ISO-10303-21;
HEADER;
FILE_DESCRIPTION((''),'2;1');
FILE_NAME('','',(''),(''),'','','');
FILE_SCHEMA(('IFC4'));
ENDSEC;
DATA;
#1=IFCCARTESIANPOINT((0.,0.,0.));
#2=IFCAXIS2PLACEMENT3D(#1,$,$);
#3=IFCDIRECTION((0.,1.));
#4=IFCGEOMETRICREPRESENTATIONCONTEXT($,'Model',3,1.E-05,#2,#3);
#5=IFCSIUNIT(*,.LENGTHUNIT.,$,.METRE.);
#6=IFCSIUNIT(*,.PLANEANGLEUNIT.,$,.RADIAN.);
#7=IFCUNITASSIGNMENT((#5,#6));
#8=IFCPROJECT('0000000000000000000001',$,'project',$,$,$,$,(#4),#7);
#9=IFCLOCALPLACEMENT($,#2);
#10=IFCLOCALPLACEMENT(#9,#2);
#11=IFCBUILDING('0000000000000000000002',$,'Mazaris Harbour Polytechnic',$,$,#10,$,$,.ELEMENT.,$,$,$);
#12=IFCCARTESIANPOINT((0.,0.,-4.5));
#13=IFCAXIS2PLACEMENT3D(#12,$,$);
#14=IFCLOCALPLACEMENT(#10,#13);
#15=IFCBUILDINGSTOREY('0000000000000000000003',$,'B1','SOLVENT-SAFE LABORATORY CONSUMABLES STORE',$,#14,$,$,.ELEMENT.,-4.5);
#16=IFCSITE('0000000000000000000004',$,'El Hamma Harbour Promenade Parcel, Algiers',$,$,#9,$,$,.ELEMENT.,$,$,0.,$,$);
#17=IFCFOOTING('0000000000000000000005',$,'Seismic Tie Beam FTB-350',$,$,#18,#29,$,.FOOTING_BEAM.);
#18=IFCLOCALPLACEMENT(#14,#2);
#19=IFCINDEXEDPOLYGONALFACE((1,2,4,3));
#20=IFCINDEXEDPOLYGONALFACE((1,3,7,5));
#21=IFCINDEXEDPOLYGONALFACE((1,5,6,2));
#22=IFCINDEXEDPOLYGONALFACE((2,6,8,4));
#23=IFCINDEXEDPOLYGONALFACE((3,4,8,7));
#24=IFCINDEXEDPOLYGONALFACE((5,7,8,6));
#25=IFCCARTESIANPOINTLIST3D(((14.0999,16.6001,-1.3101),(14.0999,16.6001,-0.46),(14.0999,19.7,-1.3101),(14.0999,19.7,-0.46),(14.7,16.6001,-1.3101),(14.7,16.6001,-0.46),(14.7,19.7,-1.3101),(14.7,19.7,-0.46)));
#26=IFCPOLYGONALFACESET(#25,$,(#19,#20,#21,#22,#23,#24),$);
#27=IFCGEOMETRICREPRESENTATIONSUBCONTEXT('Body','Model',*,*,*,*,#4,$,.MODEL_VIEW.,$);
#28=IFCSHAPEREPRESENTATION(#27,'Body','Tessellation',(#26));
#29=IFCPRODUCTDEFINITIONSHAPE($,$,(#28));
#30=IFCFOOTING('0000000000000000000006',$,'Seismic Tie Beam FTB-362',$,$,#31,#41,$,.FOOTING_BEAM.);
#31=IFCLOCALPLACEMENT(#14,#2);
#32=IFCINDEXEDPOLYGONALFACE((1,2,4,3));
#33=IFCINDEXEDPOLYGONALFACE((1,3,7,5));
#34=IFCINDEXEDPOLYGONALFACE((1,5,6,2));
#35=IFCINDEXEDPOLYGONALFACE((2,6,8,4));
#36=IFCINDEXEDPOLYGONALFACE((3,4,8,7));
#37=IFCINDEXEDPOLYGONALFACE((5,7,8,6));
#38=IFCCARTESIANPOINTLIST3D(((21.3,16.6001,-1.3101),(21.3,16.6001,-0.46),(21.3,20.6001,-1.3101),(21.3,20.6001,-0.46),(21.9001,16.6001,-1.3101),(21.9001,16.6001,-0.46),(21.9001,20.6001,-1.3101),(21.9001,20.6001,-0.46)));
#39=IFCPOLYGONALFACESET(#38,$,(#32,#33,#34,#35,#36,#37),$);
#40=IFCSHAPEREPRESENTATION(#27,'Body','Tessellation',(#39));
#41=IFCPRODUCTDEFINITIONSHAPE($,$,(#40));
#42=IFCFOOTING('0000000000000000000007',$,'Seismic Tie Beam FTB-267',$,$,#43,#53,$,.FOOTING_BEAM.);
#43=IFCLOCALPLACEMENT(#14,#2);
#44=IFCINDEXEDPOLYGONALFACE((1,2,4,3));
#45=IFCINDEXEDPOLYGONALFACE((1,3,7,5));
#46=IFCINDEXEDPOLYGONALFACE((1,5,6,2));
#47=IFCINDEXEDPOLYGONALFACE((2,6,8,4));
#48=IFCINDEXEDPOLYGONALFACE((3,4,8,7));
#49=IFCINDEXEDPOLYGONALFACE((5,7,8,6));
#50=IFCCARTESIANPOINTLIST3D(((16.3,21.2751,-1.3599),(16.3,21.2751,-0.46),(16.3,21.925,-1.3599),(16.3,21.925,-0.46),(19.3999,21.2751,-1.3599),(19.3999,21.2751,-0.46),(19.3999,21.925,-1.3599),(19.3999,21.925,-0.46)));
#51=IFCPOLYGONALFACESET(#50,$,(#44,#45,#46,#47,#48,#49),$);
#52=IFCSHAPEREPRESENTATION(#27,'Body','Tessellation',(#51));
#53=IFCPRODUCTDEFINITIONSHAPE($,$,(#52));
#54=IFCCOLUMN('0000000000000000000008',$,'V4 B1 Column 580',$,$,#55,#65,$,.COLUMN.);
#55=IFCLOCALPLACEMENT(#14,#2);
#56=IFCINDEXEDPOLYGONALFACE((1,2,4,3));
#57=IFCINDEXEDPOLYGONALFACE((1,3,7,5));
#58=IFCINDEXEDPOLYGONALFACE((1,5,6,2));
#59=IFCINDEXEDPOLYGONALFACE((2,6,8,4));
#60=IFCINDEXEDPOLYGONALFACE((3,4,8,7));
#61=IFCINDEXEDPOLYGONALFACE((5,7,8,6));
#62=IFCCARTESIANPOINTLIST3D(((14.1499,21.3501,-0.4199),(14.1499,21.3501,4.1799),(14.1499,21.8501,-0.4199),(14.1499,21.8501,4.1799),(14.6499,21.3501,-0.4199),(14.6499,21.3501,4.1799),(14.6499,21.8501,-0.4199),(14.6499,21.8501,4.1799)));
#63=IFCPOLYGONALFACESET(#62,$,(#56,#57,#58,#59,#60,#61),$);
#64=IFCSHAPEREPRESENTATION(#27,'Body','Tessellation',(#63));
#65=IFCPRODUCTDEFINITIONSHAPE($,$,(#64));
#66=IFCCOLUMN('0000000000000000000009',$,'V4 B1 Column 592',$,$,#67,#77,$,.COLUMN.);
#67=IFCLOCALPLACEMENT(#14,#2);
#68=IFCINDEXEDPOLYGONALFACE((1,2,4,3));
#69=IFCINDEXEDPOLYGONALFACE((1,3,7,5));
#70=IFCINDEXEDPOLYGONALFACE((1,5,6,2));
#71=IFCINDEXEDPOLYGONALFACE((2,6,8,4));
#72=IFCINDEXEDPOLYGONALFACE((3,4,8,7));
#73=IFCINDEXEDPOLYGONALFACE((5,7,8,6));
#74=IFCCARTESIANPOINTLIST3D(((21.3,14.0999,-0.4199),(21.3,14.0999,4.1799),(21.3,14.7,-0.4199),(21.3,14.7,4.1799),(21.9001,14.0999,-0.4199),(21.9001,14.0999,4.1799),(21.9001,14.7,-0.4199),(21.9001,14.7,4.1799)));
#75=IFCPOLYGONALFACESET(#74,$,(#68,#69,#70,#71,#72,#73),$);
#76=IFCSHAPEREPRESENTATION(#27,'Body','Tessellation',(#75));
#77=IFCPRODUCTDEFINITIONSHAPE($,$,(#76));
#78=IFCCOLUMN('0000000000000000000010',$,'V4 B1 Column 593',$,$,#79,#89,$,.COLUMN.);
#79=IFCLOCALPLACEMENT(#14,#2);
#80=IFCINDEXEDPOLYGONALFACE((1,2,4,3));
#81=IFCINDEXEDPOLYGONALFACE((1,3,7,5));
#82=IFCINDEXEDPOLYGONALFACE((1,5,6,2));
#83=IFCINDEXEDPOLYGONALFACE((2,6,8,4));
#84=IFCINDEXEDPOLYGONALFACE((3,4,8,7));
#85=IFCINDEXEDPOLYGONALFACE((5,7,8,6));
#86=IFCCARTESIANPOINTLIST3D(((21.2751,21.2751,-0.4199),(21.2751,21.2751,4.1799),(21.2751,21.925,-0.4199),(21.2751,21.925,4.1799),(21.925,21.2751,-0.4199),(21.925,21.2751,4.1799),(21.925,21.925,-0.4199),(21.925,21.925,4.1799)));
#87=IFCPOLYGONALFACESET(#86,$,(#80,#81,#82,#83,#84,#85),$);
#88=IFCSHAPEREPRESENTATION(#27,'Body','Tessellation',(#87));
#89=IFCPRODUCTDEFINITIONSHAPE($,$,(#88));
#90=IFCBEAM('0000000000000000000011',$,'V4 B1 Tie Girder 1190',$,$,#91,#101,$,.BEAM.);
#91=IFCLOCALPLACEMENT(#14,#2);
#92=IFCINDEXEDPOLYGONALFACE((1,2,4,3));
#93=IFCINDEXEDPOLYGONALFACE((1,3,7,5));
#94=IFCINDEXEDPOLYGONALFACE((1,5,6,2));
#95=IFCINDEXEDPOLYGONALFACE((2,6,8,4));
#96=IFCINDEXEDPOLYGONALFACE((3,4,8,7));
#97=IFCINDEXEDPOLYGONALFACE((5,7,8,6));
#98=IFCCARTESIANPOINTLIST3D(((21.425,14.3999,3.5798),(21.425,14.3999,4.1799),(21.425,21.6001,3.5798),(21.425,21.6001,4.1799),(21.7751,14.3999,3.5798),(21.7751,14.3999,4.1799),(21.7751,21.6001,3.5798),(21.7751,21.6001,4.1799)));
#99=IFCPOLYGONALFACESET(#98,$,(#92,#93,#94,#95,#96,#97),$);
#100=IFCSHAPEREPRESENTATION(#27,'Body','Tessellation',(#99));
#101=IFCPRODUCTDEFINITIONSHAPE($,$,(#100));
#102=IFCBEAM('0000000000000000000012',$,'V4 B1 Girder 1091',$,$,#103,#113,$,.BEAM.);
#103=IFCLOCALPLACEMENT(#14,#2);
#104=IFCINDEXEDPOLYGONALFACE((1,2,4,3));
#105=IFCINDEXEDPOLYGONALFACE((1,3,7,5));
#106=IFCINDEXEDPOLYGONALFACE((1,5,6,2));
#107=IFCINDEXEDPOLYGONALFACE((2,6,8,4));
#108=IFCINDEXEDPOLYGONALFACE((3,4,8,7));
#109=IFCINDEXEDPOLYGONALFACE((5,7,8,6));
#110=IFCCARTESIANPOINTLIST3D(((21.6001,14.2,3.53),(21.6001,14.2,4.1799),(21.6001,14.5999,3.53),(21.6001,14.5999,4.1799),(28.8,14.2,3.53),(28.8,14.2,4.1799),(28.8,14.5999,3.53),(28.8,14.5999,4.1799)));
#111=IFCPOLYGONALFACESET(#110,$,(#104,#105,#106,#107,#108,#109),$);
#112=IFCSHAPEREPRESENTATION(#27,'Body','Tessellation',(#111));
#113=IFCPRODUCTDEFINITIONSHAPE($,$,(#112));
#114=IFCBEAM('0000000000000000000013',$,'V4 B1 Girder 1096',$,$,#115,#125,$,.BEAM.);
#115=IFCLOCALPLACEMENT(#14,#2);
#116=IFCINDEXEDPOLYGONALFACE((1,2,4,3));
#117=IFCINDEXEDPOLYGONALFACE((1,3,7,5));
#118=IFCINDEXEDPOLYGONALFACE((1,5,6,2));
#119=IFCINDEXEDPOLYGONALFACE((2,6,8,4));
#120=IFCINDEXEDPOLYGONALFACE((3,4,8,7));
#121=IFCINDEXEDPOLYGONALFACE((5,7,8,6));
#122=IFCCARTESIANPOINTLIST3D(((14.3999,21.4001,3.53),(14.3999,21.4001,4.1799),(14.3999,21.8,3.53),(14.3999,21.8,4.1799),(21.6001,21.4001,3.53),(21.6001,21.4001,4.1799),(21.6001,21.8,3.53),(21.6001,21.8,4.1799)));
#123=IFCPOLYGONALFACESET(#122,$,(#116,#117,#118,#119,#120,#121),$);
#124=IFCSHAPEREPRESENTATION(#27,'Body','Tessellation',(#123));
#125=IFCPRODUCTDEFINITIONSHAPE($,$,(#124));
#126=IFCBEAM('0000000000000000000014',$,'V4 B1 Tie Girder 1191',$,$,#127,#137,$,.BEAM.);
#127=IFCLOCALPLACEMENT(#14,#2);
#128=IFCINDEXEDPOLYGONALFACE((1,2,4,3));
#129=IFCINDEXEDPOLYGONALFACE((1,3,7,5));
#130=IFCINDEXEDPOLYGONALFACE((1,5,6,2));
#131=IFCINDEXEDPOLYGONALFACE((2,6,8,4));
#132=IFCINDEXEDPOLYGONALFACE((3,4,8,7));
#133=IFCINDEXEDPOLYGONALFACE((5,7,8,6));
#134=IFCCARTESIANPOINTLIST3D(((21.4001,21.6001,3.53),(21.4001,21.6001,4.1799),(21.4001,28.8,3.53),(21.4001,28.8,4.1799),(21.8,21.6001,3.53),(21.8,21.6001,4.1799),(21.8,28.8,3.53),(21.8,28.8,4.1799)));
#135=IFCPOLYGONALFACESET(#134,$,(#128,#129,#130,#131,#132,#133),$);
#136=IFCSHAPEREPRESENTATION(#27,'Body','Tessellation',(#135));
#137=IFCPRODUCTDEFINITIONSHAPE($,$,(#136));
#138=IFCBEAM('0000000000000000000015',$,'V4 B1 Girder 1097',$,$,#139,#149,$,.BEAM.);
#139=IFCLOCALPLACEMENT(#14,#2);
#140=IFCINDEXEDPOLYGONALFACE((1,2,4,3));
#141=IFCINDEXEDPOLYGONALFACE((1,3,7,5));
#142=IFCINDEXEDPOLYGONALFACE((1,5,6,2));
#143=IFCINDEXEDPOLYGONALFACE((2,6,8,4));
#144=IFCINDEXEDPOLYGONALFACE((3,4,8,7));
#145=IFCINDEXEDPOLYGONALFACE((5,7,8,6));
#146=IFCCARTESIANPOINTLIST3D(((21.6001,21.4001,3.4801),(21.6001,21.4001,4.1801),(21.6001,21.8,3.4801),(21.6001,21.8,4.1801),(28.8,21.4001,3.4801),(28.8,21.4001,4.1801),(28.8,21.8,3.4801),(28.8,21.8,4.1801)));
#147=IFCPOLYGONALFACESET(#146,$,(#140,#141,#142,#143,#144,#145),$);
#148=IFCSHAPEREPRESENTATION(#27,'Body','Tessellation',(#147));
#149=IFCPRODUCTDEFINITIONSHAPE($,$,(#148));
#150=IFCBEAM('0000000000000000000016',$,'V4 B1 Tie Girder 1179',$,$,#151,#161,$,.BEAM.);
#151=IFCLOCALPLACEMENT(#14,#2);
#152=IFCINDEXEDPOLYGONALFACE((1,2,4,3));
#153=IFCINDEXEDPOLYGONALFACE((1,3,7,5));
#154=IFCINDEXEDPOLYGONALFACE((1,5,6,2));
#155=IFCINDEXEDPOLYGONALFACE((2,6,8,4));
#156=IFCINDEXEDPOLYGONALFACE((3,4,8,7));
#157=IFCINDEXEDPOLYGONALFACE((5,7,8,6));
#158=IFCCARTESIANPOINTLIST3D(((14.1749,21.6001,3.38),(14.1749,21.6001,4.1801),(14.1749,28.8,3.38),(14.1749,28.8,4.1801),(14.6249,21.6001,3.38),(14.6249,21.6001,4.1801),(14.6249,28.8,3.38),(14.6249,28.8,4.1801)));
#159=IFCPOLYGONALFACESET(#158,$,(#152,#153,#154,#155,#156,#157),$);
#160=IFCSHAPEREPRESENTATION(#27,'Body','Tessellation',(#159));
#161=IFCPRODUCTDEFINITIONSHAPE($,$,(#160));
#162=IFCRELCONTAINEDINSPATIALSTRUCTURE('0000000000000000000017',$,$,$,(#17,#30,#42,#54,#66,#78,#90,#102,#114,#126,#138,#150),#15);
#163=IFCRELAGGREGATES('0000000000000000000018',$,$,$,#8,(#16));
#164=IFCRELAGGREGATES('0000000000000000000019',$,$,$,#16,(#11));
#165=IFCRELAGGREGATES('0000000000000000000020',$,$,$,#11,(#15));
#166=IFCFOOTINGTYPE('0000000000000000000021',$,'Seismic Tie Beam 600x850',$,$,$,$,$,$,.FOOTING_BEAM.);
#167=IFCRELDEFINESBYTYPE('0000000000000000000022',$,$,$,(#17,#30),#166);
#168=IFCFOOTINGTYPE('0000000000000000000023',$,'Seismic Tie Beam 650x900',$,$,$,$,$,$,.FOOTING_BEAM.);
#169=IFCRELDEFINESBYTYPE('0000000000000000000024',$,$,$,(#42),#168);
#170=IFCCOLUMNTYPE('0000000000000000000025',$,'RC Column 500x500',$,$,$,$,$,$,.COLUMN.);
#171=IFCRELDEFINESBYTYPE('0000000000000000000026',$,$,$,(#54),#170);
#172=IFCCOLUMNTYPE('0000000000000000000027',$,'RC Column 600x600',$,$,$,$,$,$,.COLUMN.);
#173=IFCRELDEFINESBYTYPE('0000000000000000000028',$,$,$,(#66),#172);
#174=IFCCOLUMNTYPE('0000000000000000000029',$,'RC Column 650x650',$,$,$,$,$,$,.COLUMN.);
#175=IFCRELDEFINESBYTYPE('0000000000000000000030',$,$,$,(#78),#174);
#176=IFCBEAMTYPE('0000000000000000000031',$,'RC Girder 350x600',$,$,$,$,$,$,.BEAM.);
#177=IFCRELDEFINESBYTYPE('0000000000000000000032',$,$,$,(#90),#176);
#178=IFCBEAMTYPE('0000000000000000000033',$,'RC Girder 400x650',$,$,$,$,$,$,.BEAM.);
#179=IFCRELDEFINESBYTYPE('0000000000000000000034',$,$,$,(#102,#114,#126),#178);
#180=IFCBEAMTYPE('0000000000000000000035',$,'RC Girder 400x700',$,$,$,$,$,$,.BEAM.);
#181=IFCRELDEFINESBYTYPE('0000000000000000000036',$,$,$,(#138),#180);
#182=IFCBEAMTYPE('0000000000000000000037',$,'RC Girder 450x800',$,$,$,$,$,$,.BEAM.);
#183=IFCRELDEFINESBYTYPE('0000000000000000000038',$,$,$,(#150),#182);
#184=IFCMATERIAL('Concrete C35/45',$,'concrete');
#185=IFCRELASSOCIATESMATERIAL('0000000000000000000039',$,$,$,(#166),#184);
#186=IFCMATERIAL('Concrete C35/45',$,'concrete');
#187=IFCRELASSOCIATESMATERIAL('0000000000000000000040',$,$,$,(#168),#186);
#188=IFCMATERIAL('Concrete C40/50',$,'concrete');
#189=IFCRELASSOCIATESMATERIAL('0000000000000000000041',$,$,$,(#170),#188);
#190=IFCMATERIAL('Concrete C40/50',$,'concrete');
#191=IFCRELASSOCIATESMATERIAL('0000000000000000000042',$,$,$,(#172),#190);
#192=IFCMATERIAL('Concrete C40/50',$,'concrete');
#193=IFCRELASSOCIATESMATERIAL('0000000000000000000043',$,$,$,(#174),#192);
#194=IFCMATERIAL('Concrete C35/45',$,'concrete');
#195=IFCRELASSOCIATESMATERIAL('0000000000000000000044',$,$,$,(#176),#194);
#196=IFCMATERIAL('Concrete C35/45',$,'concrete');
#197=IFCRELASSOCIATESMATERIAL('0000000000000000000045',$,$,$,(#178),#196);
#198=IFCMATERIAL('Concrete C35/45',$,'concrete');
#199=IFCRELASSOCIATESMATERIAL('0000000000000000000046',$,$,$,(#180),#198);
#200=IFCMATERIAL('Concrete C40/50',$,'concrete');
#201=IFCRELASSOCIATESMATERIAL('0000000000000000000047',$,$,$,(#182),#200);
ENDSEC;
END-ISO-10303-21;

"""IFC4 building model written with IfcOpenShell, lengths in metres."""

from ifc_helpers import new_model, si_unit, direction, frame, origin, origin_2d, place, context, subcontext, project, spatial, rectangle, extrude, material, material_profile, profile_set, type_object, element, save


model = new_model("IFC4")

# Units and contexts
model_context = context("Model", 3, precision=1e-05, world=origin(), true_north=direction((0.0, 1.0)))
body_context = subcontext(model_context, "Body", "Model", "MODEL_VIEW")
ifc_project = project(units=[si_unit("LENGTHUNIT", "METRE"), si_unit("PLANEANGLEUNIT", "RADIAN")], contexts=[model_context])

# Site, building, storey
site_placement = place(None, origin())
site = spatial("IfcSite", under=ifc_project, at=site_placement, Name="El Hamma Harbour Promenade Parcel, Algiers", CompositionType="ELEMENT", RefElevation=0.0)
building_placement = place(site_placement, origin())
building = spatial("IfcBuilding", under=site, at=building_placement, Name="Mazaris Harbour Polytechnic", CompositionType="ELEMENT")
storey_placement = place(building_placement, frame((0.0, 0.0, -4.5)))
storey = spatial("IfcBuildingStorey", under=building, at=storey_placement, Name="B1", Description="SOLVENT-SAFE LABORATORY CONSUMABLES STORE", CompositionType="ELEMENT", Elevation=-4.5)

# Footings
ifc_material_1 = material(Name="Concrete C35/45", Category="concrete")
ifc_material_profile_1 = material_profile(ifc_material_1, rectangle(XDim=0.6001, YDim=0.8501, at=origin_2d()), Name="RECT600x850")
ifc_profile_set_1 = profile_set([ifc_material_profile_1], Name="Concrete C35/45")
footing_type_1 = type_object("IfcFootingType", Name="Seismic Tie Beam 600x850", PredefinedType="FOOTING_BEAM", material=ifc_profile_set_1)
footing_1_placement = place(storey_placement, frame((14.3999, 16.6001, -0.885), z_axis=(0.0, 1.0, 0.0), x_axis=(-1.0, 0.0, 0.0)))
element("IfcFooting", 1, at=footing_1_placement, inside=storey, type_object=footing_type_1, Name="Seismic Tie Beam FTB-350", PredefinedType="FOOTING_BEAM", context=body_context, shape_type="SweptSolid", body=[
    extrude(rectangle(XDim=0.6001, YDim=0.8501, at=origin_2d()), origin(), (0.0, 0.0, 1.0), 3.0999),
])
footing_2_placement = place(storey_placement, frame((21.6001, 16.6001, -0.885), z_axis=(0.0, 1.0, 0.0), x_axis=(-1.0, 0.0, 0.0)))
element("IfcFooting", 2, at=footing_2_placement, inside=storey, type_object=footing_type_1, Name="Seismic Tie Beam FTB-362", PredefinedType="FOOTING_BEAM", context=body_context, shape_type="SweptSolid", body=[
    extrude(rectangle(XDim=0.6001, YDim=0.8501, at=origin_2d()), origin(), (0.0, 0.0, 1.0), 4.0),
])
ifc_material_2 = material(Name="Concrete C35/45", Category="concrete")
ifc_material_profile_2 = material_profile(ifc_material_2, rectangle(XDim=0.6499, YDim=0.8999, at=origin_2d()), Name="RECT650x900")
ifc_profile_set_2 = profile_set([ifc_material_profile_2], Name="Concrete C35/45")
footing_type_2 = type_object("IfcFootingType", Name="Seismic Tie Beam 650x900", PredefinedType="FOOTING_BEAM", material=ifc_profile_set_2)
footing_3_placement = place(storey_placement, frame((16.3, 21.6001, -0.9099), z_axis=(1.0, 0.0, 0.0), x_axis=(0.0, 1.0, 0.0)))
element("IfcFooting", 3, at=footing_3_placement, inside=storey, type_object=footing_type_2, Name="Seismic Tie Beam FTB-267", PredefinedType="FOOTING_BEAM", context=body_context, shape_type="SweptSolid", body=[
    extrude(rectangle(XDim=0.6499, YDim=0.8999, at=origin_2d()), origin(), (0.0, 0.0, 1.0), 3.0999),
])

# Columns
ifc_material_3 = material(Name="Concrete C40/50", Category="concrete")
ifc_material_profile_3 = material_profile(ifc_material_3, rectangle(XDim=0.5, YDim=0.5, at=origin_2d()), Name="RECT500x500")
ifc_profile_set_3 = profile_set([ifc_material_profile_3], Name="Concrete C40/50")
column_type_1 = type_object("IfcColumnType", Name="RC Column 500x500", PredefinedType="COLUMN", material=ifc_profile_set_3)
column_1_placement = place(storey_placement, frame((14.3999, 21.6001, -0.4199), z_axis=(0.0, 0.0, 1.0), x_axis=(1.0, 0.0, 0.0)))
element("IfcColumn", 4, at=column_1_placement, inside=storey, type_object=column_type_1, Name="V4 B1 Column 580", PredefinedType="COLUMN", context=body_context, shape_type="SweptSolid", body=[
    extrude(rectangle(XDim=0.5, YDim=0.5, at=origin_2d()), origin(), (0.0, 0.0, 1.0), 4.5999),
])
ifc_material_4 = material(Name="Concrete C40/50", Category="concrete")
ifc_material_profile_4 = material_profile(ifc_material_4, rectangle(XDim=0.6001, YDim=0.6001, at=origin_2d()), Name="RECT600x600")
ifc_profile_set_4 = profile_set([ifc_material_profile_4], Name="Concrete C40/50")
column_type_2 = type_object("IfcColumnType", Name="RC Column 600x600", PredefinedType="COLUMN", material=ifc_profile_set_4)
column_2_placement = place(storey_placement, frame((21.6001, 14.3999, -0.4199), z_axis=(0.0, 0.0, 1.0), x_axis=(1.0, 0.0, 0.0)))
element("IfcColumn", 5, at=column_2_placement, inside=storey, type_object=column_type_2, Name="V4 B1 Column 592", PredefinedType="COLUMN", context=body_context, shape_type="SweptSolid", body=[
    extrude(rectangle(XDim=0.6001, YDim=0.6001, at=origin_2d()), origin(), (0.0, 0.0, 1.0), 4.5999),
])
ifc_material_5 = material(Name="Concrete C40/50", Category="concrete")
ifc_material_profile_5 = material_profile(ifc_material_5, rectangle(XDim=0.6499, YDim=0.6499, at=origin_2d()), Name="RECT650x650")
ifc_profile_set_5 = profile_set([ifc_material_profile_5], Name="Concrete C40/50")
column_type_3 = type_object("IfcColumnType", Name="RC Column 650x650", PredefinedType="COLUMN", material=ifc_profile_set_5)
column_3_placement = place(storey_placement, frame((21.6001, 21.6001, -0.4199), z_axis=(0.0, 0.0, 1.0), x_axis=(1.0, 0.0, 0.0)))
element("IfcColumn", 6, at=column_3_placement, inside=storey, type_object=column_type_3, Name="V4 B1 Column 593", PredefinedType="COLUMN", context=body_context, shape_type="SweptSolid", body=[
    extrude(rectangle(XDim=0.6499, YDim=0.6499, at=origin_2d()), origin(), (0.0, 0.0, 1.0), 4.5999),
])

# Beams
ifc_material_6 = material(Name="Concrete C35/45", Category="concrete")
ifc_material_profile_6 = material_profile(ifc_material_6, rectangle(XDim=0.3501, YDim=0.6001, at=origin_2d()), Name="RECT350x600")
ifc_profile_set_6 = profile_set([ifc_material_profile_6], Name="Concrete C35/45")
beam_type_1 = type_object("IfcBeamType", Name="RC Girder 350x600", PredefinedType="BEAM", material=ifc_profile_set_6)
beam_1_placement = place(storey_placement, frame((21.6001, 14.3999, 3.8799), z_axis=(0.0, 1.0, 0.0), x_axis=(-1.0, 0.0, 0.0)))
element("IfcBeam", 7, at=beam_1_placement, inside=storey, type_object=beam_type_1, Name="V4 B1 Tie Girder 1190", PredefinedType="BEAM", context=body_context, shape_type="SweptSolid", body=[
    extrude(rectangle(XDim=0.3501, YDim=0.6001, at=origin_2d()), origin(), (0.0, 0.0, 1.0), 7.2002),
])
ifc_material_7 = material(Name="Concrete C35/45", Category="concrete")
ifc_material_profile_7 = material_profile(ifc_material_7, rectangle(XDim=0.3999, YDim=0.6499, at=origin_2d()), Name="RECT400x650")
ifc_profile_set_7 = profile_set([ifc_material_profile_7], Name="Concrete C35/45")
beam_type_2 = type_object("IfcBeamType", Name="RC Girder 400x650", PredefinedType="BEAM", material=ifc_profile_set_7)
beam_2_placement = place(storey_placement, frame((21.6001, 14.3999, 3.855), z_axis=(1.0, 0.0, 0.0), x_axis=(0.0, 1.0, 0.0)))
element("IfcBeam", 8, at=beam_2_placement, inside=storey, type_object=beam_type_2, Name="V4 B1 Girder 1091", PredefinedType="BEAM", context=body_context, shape_type="SweptSolid", body=[
    extrude(rectangle(XDim=0.3999, YDim=0.6499, at=origin_2d()), origin(), (0.0, 0.0, 1.0), 7.2),
])
beam_3_placement = place(storey_placement, frame((14.3999, 21.6001, 3.855), z_axis=(1.0, 0.0, 0.0), x_axis=(0.0, 1.0, 0.0)))
element("IfcBeam", 9, at=beam_3_placement, inside=storey, type_object=beam_type_2, Name="V4 B1 Girder 1096", PredefinedType="BEAM", context=body_context, shape_type="SweptSolid", body=[
    extrude(rectangle(XDim=0.3999, YDim=0.6499, at=origin_2d()), origin(), (0.0, 0.0, 1.0), 7.2002),
])
beam_4_placement = place(storey_placement, frame((21.6001, 21.6001, 3.855), z_axis=(0.0, 1.0, 0.0), x_axis=(-1.0, 0.0, 0.0)))
element("IfcBeam", 10, at=beam_4_placement, inside=storey, type_object=beam_type_2, Name="V4 B1 Tie Girder 1191", PredefinedType="BEAM", context=body_context, shape_type="SweptSolid", body=[
    extrude(rectangle(XDim=0.3999, YDim=0.6499, at=origin_2d()), origin(), (0.0, 0.0, 1.0), 7.2),
])
ifc_material_8 = material(Name="Concrete C35/45", Category="concrete")
ifc_material_profile_8 = material_profile(ifc_material_8, rectangle(XDim=0.3999, YDim=0.7, at=origin_2d()), Name="RECT400x700")
ifc_profile_set_8 = profile_set([ifc_material_profile_8], Name="Concrete C35/45")
beam_type_3 = type_object("IfcBeamType", Name="RC Girder 400x700", PredefinedType="BEAM", material=ifc_profile_set_8)
beam_5_placement = place(storey_placement, frame((21.6001, 21.6001, 3.8301), z_axis=(1.0, 0.0, 0.0), x_axis=(0.0, 1.0, 0.0)))
element("IfcBeam", 11, at=beam_5_placement, inside=storey, type_object=beam_type_3, Name="V4 B1 Girder 1097", PredefinedType="BEAM", context=body_context, shape_type="SweptSolid", body=[
    extrude(rectangle(XDim=0.3999, YDim=0.7, at=origin_2d()), origin(), (0.0, 0.0, 1.0), 7.2),
])
ifc_material_9 = material(Name="Concrete C40/50", Category="concrete")
ifc_material_profile_9 = material_profile(ifc_material_9, rectangle(XDim=0.45, YDim=0.8, at=origin_2d()), Name="RECT450x800")
ifc_profile_set_9 = profile_set([ifc_material_profile_9], Name="Concrete C40/50")
beam_type_4 = type_object("IfcBeamType", Name="RC Girder 450x800", PredefinedType="BEAM", material=ifc_profile_set_9)
beam_6_placement = place(storey_placement, frame((14.3999, 21.6001, 3.78), z_axis=(0.0, 1.0, 0.0), x_axis=(-1.0, 0.0, 0.0)))
element("IfcBeam", 12, at=beam_6_placement, inside=storey, type_object=beam_type_4, Name="V4 B1 Tie Girder 1179", PredefinedType="BEAM", context=body_context, shape_type="SweptSolid", body=[
    extrude(rectangle(XDim=0.45, YDim=0.8, at=origin_2d()), origin(), (0.0, 0.0, 1.0), 7.2),
])

save(model, "model.ifc")
